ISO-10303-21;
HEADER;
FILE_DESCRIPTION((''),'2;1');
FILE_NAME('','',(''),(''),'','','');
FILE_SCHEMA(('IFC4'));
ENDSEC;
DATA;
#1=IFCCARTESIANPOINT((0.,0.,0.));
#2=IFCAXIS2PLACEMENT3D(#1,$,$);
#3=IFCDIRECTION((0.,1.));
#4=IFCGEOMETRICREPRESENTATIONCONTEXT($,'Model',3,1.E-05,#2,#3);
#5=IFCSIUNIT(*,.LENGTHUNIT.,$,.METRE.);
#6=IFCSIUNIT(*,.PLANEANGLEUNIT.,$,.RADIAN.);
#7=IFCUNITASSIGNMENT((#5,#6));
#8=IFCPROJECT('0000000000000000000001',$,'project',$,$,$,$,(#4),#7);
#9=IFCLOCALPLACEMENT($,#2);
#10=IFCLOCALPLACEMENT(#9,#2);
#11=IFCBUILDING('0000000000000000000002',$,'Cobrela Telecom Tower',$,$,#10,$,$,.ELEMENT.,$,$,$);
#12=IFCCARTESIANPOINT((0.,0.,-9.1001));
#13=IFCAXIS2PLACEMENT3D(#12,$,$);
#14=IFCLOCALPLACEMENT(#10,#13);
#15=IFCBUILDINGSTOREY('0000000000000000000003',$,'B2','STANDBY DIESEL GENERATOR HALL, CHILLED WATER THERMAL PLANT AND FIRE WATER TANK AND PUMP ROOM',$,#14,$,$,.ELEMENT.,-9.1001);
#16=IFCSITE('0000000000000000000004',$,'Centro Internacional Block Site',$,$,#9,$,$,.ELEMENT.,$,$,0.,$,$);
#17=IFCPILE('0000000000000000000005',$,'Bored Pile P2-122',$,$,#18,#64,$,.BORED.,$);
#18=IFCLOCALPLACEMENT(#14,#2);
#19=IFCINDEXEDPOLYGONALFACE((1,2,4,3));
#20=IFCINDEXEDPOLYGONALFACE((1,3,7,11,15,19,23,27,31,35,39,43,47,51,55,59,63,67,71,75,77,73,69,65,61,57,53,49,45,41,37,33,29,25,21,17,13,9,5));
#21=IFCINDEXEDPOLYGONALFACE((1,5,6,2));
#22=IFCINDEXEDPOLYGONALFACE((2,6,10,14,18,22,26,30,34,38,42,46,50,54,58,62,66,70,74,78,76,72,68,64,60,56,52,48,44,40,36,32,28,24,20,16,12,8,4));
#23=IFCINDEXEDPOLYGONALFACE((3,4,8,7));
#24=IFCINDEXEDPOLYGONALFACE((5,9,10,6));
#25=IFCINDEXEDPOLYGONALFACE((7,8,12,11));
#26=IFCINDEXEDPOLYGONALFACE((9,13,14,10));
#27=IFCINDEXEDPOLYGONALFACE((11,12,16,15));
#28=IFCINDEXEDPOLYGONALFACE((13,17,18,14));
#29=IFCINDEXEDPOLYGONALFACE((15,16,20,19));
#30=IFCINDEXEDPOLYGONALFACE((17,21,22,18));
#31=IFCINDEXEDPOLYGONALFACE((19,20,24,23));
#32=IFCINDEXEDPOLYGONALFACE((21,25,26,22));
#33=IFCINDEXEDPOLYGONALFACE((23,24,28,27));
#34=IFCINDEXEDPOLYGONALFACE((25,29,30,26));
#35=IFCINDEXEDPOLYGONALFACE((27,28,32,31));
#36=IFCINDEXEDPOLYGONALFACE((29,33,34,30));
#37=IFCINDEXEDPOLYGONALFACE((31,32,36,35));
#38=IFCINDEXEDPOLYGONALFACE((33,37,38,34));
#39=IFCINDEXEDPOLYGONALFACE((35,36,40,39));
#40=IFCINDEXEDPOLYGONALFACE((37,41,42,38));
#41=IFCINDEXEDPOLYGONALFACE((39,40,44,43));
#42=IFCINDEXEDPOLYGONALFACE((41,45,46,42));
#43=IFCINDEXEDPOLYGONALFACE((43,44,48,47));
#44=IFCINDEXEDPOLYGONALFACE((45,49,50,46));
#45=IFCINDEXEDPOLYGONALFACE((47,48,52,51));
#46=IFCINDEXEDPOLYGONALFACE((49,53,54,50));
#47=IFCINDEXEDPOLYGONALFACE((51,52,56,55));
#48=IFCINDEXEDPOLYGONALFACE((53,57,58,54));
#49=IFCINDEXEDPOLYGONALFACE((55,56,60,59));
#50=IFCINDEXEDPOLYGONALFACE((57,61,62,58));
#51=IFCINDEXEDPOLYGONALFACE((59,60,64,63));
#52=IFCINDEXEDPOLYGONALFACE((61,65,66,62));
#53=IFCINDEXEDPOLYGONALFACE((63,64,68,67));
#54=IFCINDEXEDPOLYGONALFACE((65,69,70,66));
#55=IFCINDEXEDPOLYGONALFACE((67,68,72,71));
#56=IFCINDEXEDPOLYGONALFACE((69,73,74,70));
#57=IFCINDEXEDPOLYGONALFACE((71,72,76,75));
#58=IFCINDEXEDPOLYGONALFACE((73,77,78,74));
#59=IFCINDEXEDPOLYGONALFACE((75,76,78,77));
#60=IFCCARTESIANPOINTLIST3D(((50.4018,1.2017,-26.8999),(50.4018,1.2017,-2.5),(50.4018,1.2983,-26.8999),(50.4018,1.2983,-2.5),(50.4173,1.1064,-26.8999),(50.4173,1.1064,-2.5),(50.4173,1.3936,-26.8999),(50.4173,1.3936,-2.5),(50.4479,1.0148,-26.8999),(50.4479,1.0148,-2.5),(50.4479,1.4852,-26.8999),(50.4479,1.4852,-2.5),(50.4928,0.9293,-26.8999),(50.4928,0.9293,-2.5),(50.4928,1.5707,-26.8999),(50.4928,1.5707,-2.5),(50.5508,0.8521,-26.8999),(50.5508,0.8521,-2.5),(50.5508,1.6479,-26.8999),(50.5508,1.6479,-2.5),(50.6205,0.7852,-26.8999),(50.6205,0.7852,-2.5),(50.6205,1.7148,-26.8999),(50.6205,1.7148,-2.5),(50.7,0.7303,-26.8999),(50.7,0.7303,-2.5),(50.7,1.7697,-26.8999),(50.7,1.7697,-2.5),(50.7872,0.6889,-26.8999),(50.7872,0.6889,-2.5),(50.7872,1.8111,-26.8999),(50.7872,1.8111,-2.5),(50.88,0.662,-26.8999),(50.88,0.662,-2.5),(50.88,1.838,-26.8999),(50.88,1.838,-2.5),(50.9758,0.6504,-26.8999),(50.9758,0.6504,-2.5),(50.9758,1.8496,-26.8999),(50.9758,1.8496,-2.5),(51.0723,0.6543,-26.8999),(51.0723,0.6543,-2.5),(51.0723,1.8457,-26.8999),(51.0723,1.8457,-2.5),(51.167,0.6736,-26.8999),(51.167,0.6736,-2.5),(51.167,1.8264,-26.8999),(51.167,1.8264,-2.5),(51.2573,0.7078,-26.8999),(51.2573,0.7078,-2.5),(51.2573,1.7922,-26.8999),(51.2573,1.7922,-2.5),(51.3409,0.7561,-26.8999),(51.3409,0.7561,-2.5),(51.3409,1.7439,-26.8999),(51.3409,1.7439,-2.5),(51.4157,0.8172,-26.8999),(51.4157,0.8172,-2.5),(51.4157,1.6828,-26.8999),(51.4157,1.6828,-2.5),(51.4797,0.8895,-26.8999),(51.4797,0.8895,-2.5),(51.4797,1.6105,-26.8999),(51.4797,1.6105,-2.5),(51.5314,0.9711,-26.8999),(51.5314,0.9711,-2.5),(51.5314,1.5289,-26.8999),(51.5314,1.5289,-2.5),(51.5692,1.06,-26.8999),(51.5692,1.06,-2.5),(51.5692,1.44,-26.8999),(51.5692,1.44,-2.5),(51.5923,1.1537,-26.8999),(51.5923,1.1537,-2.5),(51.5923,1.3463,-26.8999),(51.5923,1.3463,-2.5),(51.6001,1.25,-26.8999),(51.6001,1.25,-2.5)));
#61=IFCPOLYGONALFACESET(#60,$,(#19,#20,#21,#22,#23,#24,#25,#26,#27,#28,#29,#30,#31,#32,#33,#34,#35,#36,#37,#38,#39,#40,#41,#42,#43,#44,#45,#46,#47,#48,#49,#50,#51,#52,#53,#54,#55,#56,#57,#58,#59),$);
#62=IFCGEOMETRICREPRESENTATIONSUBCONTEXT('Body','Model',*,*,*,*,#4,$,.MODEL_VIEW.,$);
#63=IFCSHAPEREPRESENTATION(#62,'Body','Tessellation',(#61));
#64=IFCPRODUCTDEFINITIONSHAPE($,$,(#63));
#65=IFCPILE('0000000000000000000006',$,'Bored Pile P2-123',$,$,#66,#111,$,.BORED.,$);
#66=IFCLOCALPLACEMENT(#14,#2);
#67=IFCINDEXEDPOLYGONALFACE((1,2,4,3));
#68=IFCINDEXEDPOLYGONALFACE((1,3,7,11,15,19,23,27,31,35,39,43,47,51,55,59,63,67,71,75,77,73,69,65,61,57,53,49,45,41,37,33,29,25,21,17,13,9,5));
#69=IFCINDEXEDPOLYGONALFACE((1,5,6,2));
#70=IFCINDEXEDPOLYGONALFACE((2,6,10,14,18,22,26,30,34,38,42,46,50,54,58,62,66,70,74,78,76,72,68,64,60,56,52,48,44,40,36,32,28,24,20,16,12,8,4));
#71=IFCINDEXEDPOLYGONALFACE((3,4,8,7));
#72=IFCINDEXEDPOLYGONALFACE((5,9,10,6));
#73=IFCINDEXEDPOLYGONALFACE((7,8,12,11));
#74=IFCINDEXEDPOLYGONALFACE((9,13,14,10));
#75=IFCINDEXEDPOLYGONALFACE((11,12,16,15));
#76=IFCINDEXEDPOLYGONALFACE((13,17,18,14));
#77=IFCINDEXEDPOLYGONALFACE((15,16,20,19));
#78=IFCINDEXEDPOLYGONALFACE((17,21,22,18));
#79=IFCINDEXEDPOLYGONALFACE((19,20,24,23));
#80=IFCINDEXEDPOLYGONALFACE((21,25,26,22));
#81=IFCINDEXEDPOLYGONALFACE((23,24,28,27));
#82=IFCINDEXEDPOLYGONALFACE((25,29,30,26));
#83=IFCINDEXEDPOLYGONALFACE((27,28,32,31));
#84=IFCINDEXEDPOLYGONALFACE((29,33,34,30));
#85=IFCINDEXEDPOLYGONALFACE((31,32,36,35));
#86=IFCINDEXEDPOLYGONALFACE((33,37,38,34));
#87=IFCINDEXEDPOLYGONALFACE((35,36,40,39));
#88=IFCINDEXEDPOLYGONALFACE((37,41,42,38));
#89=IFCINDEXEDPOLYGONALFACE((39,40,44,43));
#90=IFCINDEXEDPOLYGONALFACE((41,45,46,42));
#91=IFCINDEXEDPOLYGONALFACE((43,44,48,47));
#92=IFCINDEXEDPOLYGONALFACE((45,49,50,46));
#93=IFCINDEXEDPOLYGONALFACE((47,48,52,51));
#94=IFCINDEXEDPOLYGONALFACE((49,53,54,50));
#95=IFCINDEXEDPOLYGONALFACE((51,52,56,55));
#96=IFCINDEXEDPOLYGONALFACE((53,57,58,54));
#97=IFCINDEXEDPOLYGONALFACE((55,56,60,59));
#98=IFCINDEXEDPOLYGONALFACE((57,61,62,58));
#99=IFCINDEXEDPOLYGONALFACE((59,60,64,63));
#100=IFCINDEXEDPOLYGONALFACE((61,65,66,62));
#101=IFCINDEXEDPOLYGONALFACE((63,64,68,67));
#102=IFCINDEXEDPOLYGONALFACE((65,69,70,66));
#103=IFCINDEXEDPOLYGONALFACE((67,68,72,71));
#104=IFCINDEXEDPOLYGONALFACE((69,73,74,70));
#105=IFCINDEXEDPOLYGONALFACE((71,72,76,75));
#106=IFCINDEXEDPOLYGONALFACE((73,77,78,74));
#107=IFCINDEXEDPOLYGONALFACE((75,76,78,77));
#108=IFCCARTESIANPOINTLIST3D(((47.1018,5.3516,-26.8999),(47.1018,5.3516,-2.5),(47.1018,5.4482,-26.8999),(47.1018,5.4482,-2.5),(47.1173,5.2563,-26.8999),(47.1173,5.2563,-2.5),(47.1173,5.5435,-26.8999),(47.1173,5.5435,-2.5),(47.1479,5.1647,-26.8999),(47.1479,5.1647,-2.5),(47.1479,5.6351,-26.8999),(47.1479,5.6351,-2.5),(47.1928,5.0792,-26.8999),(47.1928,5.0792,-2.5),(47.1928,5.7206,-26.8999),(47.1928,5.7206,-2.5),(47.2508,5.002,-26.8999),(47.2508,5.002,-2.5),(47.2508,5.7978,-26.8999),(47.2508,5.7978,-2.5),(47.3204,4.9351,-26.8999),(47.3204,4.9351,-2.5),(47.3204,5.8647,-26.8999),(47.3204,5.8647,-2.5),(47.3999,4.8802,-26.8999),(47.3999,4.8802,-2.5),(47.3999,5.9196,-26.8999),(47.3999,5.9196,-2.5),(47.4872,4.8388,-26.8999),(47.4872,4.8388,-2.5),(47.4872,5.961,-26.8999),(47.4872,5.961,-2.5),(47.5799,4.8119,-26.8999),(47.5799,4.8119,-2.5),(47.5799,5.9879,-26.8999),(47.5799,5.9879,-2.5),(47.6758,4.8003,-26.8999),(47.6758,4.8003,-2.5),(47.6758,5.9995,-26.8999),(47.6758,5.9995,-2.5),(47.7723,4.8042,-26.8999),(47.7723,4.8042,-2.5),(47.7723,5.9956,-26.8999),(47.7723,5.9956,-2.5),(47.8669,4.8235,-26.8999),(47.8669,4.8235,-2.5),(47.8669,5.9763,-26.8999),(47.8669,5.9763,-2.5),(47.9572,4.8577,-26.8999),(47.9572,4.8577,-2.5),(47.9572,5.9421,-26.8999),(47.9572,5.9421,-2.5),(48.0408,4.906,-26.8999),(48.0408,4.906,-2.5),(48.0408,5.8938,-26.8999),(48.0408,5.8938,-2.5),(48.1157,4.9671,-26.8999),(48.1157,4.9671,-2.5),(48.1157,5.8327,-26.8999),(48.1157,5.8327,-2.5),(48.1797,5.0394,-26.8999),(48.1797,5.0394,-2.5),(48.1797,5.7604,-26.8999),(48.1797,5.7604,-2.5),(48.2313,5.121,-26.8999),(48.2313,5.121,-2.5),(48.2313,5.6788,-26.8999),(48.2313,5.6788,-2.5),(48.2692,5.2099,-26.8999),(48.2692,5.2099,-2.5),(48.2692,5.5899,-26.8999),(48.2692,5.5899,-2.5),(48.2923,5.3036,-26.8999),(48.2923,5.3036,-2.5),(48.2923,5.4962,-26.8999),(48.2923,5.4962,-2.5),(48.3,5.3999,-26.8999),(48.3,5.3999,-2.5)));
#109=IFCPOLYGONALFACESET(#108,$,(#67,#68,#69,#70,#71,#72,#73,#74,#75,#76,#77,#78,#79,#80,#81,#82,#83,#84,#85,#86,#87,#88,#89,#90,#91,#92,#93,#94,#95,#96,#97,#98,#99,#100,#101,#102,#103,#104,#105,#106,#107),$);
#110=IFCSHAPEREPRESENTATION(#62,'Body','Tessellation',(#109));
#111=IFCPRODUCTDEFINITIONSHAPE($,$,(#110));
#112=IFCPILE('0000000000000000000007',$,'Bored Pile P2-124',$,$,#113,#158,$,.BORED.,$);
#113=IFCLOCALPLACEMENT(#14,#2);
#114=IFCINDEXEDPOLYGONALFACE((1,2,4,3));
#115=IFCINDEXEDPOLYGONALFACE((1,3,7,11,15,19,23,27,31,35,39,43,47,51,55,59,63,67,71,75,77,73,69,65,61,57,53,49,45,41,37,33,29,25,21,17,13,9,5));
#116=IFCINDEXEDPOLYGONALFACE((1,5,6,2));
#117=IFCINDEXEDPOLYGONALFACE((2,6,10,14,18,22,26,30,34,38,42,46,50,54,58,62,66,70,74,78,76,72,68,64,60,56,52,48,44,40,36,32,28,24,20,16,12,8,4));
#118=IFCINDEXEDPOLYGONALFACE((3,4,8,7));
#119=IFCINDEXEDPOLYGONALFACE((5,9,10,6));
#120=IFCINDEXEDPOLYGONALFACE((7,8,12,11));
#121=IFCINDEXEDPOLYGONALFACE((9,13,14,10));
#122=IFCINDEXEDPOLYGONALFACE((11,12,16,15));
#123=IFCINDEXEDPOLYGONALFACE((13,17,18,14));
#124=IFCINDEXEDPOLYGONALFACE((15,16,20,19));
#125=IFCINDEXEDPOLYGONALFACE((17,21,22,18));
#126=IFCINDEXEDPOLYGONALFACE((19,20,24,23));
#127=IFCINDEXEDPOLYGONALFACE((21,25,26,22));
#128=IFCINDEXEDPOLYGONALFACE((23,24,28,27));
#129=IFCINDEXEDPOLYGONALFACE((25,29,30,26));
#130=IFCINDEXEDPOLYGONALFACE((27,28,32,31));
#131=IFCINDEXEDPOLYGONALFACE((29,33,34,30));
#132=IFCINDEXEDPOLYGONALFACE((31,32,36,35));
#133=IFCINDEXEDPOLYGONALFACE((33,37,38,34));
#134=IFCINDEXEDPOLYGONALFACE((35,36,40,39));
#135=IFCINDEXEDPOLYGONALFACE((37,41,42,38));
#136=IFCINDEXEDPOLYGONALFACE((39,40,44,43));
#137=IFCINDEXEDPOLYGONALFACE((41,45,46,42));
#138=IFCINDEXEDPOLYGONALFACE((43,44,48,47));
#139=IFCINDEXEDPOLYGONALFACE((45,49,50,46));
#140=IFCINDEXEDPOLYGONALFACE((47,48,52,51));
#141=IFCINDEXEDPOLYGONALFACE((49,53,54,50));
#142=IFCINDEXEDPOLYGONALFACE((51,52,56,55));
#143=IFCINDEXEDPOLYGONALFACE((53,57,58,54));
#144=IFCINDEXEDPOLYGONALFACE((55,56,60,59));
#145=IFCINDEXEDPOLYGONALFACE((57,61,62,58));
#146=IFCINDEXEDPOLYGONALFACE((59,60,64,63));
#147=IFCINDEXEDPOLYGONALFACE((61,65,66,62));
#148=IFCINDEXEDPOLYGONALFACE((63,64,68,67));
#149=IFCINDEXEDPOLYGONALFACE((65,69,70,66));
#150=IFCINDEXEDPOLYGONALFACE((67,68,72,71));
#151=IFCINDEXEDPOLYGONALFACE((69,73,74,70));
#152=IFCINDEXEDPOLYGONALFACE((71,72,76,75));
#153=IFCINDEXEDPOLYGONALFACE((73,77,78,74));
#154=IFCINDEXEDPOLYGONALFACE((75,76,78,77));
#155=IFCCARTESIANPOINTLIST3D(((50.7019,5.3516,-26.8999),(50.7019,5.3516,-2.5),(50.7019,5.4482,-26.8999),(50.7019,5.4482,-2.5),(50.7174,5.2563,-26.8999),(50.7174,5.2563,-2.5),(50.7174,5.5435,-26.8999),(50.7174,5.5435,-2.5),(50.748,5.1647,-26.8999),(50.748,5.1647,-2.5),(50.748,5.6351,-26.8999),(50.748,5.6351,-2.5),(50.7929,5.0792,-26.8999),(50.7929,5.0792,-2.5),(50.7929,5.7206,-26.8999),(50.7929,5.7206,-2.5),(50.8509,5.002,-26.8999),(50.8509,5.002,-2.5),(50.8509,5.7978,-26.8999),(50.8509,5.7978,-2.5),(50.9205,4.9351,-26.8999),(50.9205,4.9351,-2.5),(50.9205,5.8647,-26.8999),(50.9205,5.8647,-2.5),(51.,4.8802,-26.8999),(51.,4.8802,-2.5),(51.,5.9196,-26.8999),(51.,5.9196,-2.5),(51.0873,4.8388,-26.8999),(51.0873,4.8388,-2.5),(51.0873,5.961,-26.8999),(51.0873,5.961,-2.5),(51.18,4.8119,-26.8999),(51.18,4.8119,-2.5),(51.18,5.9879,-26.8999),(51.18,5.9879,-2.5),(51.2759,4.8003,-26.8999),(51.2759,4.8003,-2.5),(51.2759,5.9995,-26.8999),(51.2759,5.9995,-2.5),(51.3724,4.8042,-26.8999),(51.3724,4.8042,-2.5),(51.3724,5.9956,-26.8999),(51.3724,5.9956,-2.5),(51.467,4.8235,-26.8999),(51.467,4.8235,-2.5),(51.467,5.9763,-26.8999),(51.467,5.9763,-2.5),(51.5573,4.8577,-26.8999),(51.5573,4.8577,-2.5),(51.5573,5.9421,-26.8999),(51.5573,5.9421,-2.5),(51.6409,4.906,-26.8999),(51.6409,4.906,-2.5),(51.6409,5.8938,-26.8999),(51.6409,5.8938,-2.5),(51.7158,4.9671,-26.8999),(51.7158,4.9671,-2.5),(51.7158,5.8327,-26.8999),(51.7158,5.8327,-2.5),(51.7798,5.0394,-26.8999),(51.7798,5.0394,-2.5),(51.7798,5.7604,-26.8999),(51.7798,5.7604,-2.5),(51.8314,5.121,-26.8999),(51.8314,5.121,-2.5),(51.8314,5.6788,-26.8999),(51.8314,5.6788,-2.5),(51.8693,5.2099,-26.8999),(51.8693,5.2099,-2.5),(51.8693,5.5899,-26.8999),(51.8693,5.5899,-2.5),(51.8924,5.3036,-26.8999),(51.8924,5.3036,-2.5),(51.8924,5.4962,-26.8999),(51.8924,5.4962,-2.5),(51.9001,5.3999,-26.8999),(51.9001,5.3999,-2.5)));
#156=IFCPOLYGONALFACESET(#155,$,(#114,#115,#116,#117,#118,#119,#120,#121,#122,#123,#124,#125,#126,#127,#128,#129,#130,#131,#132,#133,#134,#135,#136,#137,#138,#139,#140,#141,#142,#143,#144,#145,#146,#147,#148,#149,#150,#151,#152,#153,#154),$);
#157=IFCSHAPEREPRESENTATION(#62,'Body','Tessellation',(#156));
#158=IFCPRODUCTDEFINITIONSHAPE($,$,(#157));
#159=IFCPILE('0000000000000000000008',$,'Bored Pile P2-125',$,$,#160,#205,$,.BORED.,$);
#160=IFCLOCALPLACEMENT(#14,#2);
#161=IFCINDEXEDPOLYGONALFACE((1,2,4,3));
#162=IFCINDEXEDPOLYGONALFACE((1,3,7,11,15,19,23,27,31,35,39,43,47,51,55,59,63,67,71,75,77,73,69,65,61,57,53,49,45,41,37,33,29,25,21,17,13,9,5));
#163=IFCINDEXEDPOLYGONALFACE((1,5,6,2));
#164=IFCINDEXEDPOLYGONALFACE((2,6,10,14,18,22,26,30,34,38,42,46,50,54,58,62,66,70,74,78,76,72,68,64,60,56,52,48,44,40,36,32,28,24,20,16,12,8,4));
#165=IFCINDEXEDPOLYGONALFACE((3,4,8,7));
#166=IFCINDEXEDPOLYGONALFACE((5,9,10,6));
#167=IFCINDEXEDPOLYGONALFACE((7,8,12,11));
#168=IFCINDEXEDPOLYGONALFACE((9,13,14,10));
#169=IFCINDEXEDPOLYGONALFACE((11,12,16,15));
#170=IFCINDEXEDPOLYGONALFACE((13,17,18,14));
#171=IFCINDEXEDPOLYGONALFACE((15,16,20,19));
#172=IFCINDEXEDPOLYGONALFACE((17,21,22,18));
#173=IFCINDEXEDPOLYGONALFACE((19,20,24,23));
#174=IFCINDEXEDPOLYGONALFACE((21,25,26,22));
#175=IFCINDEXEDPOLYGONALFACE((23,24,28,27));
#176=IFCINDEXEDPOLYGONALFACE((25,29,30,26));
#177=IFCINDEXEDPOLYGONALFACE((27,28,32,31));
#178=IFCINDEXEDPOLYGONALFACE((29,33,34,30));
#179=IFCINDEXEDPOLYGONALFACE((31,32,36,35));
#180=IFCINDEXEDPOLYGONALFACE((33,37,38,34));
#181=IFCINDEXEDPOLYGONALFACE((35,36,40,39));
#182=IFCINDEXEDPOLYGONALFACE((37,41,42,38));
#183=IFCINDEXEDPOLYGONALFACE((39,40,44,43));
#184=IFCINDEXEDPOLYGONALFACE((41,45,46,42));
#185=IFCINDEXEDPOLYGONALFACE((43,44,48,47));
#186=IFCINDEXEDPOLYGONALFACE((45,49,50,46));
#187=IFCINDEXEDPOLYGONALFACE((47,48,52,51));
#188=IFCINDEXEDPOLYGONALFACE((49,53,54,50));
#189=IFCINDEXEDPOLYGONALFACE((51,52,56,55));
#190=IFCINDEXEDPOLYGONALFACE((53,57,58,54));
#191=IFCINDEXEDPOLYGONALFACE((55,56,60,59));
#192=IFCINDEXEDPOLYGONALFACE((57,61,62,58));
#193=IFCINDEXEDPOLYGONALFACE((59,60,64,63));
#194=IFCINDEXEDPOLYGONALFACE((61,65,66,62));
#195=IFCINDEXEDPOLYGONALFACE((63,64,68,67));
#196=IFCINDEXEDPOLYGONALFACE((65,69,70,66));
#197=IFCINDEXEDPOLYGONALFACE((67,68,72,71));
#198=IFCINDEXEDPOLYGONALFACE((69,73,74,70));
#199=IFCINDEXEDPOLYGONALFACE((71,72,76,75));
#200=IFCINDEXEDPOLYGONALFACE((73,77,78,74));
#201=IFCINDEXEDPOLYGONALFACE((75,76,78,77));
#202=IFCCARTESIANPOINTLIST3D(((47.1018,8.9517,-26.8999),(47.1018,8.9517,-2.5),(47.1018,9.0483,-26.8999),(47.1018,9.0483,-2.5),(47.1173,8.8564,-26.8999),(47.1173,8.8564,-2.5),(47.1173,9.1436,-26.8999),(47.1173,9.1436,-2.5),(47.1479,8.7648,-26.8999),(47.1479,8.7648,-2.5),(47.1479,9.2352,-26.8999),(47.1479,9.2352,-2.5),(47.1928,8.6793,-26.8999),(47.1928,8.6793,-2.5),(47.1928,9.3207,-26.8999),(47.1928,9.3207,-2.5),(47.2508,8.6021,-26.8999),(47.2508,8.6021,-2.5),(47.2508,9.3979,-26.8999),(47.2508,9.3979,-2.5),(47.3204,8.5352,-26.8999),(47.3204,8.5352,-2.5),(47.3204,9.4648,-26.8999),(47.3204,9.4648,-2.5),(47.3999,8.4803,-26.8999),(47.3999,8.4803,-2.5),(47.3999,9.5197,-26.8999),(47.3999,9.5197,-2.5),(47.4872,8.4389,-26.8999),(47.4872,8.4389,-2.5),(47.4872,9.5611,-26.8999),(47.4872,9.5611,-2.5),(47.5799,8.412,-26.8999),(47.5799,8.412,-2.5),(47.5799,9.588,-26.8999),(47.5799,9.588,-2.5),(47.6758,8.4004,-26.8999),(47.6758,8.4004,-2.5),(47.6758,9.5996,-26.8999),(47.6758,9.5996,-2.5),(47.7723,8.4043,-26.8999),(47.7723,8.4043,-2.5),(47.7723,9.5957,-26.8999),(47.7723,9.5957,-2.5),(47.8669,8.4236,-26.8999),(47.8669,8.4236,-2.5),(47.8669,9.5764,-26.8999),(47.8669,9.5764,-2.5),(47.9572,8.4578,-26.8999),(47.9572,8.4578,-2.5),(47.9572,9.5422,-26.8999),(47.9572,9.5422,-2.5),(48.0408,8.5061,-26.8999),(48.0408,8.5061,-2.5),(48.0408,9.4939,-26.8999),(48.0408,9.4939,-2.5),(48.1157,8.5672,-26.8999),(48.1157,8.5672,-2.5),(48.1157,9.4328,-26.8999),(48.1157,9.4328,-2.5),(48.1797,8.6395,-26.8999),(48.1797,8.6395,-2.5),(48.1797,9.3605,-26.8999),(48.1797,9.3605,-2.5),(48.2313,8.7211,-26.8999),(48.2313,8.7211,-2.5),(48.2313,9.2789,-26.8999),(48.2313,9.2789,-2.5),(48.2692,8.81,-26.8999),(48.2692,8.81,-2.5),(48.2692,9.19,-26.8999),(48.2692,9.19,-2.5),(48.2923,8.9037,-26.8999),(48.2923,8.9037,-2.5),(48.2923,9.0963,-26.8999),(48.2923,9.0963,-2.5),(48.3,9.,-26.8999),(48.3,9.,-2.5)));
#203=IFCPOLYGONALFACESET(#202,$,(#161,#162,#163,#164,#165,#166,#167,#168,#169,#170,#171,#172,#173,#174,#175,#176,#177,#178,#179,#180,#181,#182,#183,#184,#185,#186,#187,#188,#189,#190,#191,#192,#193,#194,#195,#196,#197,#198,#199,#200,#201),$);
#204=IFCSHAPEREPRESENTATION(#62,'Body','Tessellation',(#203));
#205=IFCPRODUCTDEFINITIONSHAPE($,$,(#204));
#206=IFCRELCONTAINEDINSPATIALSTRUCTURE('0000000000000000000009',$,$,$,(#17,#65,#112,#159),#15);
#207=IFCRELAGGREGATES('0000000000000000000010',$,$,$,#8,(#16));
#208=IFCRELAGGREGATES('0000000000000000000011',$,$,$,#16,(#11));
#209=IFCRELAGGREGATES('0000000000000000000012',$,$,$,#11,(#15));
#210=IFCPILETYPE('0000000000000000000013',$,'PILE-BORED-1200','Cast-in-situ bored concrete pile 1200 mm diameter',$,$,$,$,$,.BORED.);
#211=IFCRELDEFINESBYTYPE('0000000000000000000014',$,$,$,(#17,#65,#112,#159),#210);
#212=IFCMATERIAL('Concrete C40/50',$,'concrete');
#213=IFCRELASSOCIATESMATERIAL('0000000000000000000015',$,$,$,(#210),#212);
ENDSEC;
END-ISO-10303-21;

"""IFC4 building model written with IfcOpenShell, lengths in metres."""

from ifc_helpers import new_model, si_unit, direction, frame, origin, origin_2d, place, context, subcontext, project, spatial, circle, extrude, material, material_profile, profile_set, type_object, element, save


model = new_model("IFC4")

# Units and contexts
model_context = context("Model", 3, precision=1e-05, world=origin(), true_north=direction((0.0, 1.0)))
body_context = subcontext(model_context, "Body", "Model", "MODEL_VIEW")
ifc_project = project(units=[si_unit("LENGTHUNIT", "METRE"), si_unit("PLANEANGLEUNIT", "RADIAN")], contexts=[model_context])

# Site, building, storey
site_placement = place(None, origin())
site = spatial("IfcSite", under=ifc_project, at=site_placement, Name="Centro Internacional Block Site", CompositionType="ELEMENT", RefElevation=0.0)
building_placement = place(site_placement, origin())
building = spatial("IfcBuilding", under=site, at=building_placement, Name="Cobrela Telecom Tower", CompositionType="ELEMENT")
storey_placement = place(building_placement, frame((0.0, 0.0, -9.1001)))
storey = spatial("IfcBuildingStorey", under=building, at=storey_placement, Name="B2", Description="STANDBY DIESEL GENERATOR HALL, CHILLED WATER THERMAL PLANT AND FIRE WATER TANK AND PUMP ROOM", CompositionType="ELEMENT", Elevation=-9.1001)

# Shared definitions
ifc_material_1 = material(Name="Concrete C40/50", Category="concrete")

# Piles
ifc_material_profile_1 = material_profile(ifc_material_1, circle(Radius=0.6001, at=origin_2d()), Name="BORED PILE D1200")
ifc_profile_set_1 = profile_set([ifc_material_profile_1], Name="Concrete C40/50")
pile_type = type_object("IfcPileType", Name="PILE-BORED-1200", Description="Cast-in-situ bored concrete pile 1200 mm diameter", PredefinedType="BORED", material=ifc_profile_set_1)
for number, where, z_axis, x_axis, name in (
    (1, (51.0, 1.25, -2.5), (0.0, 0.0, -1.0), (1.0, 0.0, 0.0), "Bored Pile P2-122"),
    (2, (47.7, 5.3999, -2.5), (0.0, 0.0, -1.0), (1.0, 0.0, 0.0), "Bored Pile P2-123"),
    (3, (51.3, 5.3999, -2.5), (0.0, 0.0, -1.0), (1.0, 0.0, 0.0), "Bored Pile P2-124"),
    (4, (47.7, 9.0, -2.5), (0.0, 0.0, -1.0), (1.0, 0.0, 0.0), "Bored Pile P2-125"),
):
    element("IfcPile", number, at=place(storey_placement, frame(where, z_axis=z_axis, x_axis=x_axis)), inside=storey, type_object=pile_type, Name=name, PredefinedType="BORED", context=body_context, shape_type="SweptSolid", body=[
        extrude(circle(Radius=0.6001, at=origin_2d()), origin(), (0.0, 0.0, 1.0), 24.3999),
    ])

save(model, "model.ifc")
